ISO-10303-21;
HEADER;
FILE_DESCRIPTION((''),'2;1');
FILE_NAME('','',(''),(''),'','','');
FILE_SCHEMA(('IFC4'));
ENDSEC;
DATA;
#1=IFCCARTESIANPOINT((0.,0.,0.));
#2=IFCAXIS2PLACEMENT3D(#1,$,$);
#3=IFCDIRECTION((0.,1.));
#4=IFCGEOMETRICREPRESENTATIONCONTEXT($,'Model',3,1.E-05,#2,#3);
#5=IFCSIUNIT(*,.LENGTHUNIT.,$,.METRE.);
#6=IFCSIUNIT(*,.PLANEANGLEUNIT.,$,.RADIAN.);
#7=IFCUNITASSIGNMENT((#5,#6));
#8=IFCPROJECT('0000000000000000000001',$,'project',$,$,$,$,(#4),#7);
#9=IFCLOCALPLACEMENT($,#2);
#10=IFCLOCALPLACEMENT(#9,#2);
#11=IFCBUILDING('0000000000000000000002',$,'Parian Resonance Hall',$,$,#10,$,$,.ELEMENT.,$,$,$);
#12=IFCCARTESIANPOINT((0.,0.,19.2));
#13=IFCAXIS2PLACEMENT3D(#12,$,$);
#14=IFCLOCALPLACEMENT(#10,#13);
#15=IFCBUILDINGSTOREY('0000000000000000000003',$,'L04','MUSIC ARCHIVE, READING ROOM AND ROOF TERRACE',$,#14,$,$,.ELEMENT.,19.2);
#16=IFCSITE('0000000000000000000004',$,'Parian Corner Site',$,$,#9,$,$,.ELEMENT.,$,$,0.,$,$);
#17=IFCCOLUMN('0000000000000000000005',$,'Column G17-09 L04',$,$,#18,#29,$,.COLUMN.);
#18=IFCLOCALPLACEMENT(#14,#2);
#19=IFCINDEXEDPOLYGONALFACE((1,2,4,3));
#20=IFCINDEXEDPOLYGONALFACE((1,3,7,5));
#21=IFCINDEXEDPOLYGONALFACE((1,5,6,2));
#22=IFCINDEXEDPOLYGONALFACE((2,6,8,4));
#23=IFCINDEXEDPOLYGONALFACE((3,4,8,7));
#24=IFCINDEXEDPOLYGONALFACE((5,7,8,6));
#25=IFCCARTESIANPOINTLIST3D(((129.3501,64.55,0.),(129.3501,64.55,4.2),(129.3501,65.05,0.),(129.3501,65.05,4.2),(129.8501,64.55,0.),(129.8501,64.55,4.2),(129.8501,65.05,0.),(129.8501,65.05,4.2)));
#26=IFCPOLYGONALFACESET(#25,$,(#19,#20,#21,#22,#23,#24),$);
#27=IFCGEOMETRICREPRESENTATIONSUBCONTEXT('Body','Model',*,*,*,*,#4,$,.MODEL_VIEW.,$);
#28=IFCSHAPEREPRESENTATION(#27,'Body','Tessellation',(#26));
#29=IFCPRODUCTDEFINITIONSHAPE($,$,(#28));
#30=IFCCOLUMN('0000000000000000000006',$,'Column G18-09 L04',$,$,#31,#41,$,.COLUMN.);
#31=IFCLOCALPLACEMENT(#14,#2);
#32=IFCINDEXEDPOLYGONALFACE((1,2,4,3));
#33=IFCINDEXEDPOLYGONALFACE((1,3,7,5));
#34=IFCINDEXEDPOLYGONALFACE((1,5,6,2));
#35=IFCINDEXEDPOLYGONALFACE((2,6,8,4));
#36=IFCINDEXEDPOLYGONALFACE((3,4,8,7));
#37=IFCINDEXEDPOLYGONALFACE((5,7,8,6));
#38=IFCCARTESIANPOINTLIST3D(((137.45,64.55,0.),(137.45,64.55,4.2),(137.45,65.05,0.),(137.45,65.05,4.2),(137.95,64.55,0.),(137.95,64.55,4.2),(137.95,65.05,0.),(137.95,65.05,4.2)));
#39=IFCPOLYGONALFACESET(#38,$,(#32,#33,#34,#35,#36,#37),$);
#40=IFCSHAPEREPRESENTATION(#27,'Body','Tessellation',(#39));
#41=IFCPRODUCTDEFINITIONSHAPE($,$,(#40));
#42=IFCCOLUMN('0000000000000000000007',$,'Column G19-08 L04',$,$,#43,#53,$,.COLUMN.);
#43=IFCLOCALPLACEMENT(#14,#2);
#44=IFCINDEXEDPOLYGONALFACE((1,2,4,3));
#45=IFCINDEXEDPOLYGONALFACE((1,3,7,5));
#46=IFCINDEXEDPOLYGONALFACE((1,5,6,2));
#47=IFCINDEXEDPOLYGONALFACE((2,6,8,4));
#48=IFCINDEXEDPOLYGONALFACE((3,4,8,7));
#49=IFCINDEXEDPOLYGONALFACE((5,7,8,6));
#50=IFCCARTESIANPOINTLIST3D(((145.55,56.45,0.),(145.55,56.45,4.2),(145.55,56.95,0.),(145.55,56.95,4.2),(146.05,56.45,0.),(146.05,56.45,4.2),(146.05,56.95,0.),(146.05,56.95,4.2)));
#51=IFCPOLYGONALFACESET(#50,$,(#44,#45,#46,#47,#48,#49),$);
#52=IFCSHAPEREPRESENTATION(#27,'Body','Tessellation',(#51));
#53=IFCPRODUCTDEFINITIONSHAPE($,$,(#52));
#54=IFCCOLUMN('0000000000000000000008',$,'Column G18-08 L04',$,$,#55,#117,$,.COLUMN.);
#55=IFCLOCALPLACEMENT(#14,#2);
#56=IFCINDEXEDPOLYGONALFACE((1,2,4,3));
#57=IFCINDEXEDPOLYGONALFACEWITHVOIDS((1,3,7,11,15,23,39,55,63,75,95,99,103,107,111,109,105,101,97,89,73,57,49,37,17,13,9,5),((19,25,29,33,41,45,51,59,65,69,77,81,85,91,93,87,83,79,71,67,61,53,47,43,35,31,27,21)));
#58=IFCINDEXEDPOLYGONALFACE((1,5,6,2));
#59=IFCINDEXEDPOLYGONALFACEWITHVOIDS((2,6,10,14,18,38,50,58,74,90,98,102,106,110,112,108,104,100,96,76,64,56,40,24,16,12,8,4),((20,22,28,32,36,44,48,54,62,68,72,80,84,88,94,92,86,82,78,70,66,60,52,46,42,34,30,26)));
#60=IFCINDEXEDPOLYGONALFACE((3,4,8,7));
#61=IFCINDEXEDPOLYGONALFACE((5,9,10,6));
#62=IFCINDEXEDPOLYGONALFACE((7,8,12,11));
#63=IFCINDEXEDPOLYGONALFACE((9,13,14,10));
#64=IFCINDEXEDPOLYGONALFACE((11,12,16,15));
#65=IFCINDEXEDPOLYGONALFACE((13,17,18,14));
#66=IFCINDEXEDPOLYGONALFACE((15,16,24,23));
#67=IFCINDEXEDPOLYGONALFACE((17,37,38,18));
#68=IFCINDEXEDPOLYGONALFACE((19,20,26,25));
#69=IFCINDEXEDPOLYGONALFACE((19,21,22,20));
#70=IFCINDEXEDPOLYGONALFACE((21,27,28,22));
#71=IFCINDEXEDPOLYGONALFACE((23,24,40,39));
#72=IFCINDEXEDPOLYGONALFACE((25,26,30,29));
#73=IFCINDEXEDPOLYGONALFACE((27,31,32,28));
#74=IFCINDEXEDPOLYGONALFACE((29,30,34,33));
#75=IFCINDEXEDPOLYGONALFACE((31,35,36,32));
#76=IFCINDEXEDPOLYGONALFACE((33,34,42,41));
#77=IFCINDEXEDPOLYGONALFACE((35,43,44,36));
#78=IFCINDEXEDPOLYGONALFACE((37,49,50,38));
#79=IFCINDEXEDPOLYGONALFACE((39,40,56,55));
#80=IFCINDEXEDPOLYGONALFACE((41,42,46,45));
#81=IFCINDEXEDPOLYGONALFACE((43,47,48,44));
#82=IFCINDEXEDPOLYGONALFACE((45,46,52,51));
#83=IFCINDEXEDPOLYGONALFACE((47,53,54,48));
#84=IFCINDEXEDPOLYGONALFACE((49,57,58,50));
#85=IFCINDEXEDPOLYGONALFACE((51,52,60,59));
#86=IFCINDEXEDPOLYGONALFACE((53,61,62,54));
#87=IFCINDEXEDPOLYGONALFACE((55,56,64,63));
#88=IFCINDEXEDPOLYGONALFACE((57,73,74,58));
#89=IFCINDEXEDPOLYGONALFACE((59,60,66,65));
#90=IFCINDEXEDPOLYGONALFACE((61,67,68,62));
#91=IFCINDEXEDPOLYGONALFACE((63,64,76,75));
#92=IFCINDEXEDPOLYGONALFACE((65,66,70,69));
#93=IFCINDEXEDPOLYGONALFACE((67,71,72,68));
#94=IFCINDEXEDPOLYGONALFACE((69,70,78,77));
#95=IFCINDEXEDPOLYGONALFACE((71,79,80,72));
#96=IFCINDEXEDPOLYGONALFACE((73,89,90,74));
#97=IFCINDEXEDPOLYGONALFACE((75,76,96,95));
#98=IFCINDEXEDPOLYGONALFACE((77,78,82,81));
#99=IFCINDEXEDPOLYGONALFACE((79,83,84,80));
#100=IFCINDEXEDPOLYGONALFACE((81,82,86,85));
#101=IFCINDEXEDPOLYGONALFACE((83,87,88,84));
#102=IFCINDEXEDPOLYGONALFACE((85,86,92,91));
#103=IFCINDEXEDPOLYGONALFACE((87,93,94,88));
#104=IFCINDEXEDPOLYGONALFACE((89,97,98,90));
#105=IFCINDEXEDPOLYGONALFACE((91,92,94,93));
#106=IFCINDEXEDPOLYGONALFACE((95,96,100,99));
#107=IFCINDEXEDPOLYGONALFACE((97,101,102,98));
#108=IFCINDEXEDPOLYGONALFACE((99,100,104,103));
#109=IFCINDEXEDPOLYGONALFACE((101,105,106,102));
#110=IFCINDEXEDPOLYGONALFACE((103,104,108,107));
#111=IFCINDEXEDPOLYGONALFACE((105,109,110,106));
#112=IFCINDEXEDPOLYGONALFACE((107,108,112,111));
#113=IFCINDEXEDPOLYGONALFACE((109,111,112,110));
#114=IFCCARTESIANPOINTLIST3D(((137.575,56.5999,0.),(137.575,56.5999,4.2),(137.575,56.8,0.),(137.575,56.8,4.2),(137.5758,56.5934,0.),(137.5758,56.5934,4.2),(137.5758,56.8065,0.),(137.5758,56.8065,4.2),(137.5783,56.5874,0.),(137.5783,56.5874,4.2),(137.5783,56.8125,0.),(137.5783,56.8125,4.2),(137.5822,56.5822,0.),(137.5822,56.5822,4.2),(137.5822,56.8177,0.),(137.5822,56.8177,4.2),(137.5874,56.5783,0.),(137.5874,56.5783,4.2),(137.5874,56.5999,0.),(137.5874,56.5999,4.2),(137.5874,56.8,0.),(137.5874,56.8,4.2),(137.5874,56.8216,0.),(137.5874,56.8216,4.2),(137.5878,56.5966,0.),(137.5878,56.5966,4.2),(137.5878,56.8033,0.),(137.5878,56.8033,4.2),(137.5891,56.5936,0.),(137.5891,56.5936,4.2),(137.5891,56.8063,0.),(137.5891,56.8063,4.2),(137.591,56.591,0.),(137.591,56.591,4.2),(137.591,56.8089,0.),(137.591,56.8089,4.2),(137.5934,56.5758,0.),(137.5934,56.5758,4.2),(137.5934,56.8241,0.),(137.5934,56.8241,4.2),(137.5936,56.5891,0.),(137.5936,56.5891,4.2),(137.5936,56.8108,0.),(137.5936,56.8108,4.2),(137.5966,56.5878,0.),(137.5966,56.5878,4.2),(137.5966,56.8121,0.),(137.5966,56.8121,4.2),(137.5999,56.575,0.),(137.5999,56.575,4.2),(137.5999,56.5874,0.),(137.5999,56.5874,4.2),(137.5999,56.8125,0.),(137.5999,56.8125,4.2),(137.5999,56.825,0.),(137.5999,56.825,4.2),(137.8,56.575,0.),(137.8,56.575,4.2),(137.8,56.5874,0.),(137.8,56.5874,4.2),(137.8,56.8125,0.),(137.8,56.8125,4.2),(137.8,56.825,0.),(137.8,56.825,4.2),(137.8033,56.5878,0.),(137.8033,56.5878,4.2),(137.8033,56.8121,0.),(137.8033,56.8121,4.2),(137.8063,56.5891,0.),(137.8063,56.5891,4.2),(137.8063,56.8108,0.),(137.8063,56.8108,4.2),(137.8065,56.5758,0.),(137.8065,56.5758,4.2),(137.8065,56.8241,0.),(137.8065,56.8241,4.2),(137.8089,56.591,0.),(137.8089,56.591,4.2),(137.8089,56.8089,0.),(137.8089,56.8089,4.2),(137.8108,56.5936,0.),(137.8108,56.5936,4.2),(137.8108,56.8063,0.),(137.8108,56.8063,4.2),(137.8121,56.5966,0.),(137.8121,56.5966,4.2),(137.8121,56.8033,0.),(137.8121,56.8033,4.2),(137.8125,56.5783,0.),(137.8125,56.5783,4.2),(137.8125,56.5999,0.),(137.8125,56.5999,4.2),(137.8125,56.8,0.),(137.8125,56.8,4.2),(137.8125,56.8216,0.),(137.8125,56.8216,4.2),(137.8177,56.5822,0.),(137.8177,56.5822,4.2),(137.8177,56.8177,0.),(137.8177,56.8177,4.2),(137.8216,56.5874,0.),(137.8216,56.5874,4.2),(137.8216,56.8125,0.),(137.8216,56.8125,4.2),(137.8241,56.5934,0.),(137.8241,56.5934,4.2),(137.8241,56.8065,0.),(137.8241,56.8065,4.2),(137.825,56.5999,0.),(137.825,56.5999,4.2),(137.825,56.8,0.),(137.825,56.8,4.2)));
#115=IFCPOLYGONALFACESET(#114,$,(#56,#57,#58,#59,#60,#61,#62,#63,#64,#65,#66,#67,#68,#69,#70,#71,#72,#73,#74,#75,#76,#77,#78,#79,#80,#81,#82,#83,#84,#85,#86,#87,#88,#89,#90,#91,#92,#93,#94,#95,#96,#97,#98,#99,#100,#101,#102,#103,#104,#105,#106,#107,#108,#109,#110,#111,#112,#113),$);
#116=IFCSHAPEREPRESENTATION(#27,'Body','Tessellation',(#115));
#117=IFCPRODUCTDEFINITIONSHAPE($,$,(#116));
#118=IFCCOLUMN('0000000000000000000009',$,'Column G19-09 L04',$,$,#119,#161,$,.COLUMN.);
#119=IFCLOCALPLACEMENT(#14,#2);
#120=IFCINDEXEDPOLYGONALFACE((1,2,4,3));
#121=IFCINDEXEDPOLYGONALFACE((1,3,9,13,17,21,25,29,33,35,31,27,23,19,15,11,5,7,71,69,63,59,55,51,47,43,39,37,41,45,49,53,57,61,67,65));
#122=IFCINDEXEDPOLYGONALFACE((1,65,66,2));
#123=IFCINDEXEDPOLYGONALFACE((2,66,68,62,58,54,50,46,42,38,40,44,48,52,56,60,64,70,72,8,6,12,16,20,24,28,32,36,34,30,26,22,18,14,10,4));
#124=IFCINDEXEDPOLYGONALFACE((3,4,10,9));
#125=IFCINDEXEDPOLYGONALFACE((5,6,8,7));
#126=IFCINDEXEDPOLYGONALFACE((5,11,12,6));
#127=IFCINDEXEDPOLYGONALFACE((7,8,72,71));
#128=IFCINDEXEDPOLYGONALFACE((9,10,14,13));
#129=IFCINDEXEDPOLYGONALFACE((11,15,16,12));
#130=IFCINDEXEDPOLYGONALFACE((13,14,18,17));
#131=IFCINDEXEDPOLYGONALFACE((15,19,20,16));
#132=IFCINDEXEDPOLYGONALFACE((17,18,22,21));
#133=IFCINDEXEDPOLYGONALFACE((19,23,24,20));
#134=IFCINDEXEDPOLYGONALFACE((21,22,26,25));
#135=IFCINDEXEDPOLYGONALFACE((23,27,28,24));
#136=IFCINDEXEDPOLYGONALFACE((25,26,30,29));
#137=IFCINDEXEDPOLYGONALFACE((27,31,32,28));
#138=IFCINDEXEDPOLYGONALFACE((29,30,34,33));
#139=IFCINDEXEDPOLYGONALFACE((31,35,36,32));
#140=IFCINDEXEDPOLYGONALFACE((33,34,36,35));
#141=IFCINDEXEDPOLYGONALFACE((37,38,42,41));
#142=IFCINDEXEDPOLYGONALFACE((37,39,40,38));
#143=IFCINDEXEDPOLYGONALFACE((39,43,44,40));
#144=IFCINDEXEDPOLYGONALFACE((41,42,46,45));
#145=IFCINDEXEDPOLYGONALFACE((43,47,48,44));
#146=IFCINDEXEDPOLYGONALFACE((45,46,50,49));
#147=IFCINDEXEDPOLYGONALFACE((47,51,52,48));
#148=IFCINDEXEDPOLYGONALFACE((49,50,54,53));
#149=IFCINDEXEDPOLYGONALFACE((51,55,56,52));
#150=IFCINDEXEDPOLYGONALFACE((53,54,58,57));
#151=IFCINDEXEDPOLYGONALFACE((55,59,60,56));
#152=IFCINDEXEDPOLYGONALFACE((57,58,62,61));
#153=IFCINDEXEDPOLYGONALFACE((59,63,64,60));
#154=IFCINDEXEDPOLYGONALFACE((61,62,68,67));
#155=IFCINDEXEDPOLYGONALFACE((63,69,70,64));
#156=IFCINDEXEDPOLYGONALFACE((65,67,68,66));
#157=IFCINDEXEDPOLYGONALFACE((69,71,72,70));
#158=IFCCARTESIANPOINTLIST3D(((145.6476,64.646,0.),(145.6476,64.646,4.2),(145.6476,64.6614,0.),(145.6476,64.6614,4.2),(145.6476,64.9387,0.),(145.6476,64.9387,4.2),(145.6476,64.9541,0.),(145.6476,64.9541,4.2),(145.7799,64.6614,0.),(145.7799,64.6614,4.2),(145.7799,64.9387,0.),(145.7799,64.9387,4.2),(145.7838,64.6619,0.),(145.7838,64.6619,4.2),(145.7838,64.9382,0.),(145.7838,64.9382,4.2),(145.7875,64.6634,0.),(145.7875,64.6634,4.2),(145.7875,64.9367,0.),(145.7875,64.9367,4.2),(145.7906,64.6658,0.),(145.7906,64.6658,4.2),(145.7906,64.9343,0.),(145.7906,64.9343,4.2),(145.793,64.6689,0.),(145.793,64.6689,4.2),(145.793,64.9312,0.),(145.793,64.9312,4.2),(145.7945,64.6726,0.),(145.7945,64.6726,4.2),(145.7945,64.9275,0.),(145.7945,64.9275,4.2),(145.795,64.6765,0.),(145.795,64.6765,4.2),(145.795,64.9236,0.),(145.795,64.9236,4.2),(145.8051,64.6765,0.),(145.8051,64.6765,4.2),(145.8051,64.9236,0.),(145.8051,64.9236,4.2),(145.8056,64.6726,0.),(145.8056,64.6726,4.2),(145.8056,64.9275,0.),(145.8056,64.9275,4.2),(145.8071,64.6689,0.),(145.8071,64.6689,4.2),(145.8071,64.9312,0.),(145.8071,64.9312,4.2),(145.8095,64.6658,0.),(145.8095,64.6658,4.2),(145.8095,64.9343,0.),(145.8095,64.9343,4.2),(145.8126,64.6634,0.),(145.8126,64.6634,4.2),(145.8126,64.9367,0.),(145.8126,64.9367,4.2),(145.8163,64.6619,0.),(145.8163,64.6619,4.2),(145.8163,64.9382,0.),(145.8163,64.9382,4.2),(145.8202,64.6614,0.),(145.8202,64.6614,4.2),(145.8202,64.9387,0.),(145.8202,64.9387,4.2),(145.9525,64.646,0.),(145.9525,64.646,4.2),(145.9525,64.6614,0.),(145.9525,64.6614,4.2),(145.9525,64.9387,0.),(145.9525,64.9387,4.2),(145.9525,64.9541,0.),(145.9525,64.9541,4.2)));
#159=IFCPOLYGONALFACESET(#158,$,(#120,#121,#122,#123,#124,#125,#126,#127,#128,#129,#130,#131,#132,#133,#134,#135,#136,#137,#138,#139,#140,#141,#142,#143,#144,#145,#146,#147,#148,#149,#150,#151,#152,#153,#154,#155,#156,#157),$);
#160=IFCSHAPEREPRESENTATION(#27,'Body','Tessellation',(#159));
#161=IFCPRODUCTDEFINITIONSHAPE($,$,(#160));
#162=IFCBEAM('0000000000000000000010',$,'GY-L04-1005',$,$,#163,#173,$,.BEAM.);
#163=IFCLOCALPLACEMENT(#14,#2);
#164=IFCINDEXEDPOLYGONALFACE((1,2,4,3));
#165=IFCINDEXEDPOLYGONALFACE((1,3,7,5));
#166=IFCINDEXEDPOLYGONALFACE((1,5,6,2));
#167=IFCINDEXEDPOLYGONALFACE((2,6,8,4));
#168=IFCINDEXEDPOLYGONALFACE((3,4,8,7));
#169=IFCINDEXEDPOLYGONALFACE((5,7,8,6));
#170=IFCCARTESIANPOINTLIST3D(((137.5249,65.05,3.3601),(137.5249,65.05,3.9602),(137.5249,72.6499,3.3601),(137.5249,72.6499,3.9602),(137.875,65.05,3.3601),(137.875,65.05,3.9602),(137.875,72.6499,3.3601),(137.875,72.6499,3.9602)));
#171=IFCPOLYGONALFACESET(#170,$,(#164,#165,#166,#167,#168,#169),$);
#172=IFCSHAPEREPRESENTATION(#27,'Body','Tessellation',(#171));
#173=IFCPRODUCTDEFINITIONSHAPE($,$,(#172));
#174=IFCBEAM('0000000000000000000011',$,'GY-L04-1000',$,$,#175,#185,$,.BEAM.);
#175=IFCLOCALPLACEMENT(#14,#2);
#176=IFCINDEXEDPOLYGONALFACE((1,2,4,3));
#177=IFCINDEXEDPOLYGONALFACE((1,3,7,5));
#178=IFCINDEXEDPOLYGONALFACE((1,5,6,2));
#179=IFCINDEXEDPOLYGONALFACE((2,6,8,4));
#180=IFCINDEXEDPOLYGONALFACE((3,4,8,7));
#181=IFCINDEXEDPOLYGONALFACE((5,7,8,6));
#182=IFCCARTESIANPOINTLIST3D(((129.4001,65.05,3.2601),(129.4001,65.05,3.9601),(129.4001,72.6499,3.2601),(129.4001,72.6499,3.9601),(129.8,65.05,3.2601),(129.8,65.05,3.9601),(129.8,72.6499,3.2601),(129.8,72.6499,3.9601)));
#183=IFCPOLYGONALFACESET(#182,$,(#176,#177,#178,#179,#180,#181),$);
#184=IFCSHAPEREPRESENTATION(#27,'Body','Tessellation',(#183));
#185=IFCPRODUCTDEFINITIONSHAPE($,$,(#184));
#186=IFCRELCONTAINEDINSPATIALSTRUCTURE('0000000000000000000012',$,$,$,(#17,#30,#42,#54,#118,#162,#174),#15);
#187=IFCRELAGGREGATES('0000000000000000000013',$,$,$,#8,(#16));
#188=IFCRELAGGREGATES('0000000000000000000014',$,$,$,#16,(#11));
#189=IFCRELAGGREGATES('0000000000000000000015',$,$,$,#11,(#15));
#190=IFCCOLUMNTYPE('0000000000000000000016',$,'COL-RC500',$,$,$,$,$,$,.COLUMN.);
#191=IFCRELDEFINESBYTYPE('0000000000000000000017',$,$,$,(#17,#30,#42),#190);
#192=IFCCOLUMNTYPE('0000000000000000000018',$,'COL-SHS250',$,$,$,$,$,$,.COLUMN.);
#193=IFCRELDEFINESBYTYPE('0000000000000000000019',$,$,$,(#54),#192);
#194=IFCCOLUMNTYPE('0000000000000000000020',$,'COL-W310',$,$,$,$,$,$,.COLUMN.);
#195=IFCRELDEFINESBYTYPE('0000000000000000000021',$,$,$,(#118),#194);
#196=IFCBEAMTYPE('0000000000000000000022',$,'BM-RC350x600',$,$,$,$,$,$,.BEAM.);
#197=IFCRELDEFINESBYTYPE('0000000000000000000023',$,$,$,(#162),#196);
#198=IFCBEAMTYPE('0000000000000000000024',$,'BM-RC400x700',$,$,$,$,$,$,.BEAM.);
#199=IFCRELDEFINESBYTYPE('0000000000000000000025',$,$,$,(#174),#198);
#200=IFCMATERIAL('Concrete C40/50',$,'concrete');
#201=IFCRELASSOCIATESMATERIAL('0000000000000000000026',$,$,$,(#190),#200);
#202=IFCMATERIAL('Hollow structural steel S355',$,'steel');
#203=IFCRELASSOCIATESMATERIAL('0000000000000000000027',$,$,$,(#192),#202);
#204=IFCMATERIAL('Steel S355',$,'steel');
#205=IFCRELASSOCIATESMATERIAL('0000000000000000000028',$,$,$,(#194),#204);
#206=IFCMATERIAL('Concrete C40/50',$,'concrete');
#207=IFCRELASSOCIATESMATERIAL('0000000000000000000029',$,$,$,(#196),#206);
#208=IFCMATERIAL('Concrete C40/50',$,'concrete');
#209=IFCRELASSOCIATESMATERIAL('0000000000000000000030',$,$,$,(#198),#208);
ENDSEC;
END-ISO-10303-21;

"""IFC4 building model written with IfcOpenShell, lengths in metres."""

from ifc_helpers import new_model, si_unit, direction, frame, origin, origin_2d, place, context, subcontext, project, spatial, rectangle, hollow_rectangle, i_section, extrude, material, material_profile, profile_set, type_object, element, save


model = new_model("IFC4")

# Units and contexts
model_context = context("Model", 3, precision=1e-05, world=origin(), true_north=direction((0.0, 1.0)))
body_context = subcontext(model_context, "Body", "Model", "MODEL_VIEW")
ifc_project = project(units=[si_unit("LENGTHUNIT", "METRE"), si_unit("PLANEANGLEUNIT", "RADIAN")], contexts=[model_context])

# Site, building, storey
site_placement = place(None, origin())
site = spatial("IfcSite", under=ifc_project, at=site_placement, Name="Parian Corner Site", CompositionType="ELEMENT", RefElevation=0.0)
building_placement = place(site_placement, origin())
building = spatial("IfcBuilding", under=site, at=building_placement, Name="Parian Resonance Hall", CompositionType="ELEMENT")
storey_placement = place(building_placement, frame((0.0, 0.0, 19.2)))
storey = spatial("IfcBuildingStorey", under=building, at=storey_placement, Name="L04", Description="MUSIC ARCHIVE, READING ROOM AND ROOF TERRACE", CompositionType="ELEMENT", Elevation=19.2)

# Columns
ifc_material_1 = material(Name="Concrete C40/50", Category="concrete")
ifc_material_profile_1 = material_profile(ifc_material_1, rectangle(XDim=0.5, YDim=0.5, at=origin_2d()), Name="RC-COL-500x500")
ifc_profile_set_1 = profile_set([ifc_material_profile_1], Name="Concrete C40/50")
column_type_1 = type_object("IfcColumnType", Name="COL-RC500", PredefinedType="COLUMN", material=ifc_profile_set_1)
for number, where, z_axis, x_axis, name in (
    (1, (129.6001, 64.8, 0.0), (0.0, 0.0, 1.0), (1.0, 0.0, 0.0), "Column G17-09 L04"),
    (2, (137.7, 64.8, 0.0), (0.0, 0.0, 1.0), (1.0, 0.0, 0.0), "Column G18-09 L04"),
    (3, (145.8, 56.7, 0.0), (0.0, 0.0, 1.0), (1.0, 0.0, 0.0), "Column G19-08 L04"),
):
    element("IfcColumn", number, at=place(storey_placement, frame(where, z_axis=z_axis, x_axis=x_axis)), inside=storey, type_object=column_type_1, Name=name, PredefinedType="COLUMN", context=body_context, shape_type="SweptSolid", body=[
        extrude(rectangle(XDim=0.5, YDim=0.5, at=origin_2d()), origin(), (0.0, 0.0, 1.0), 4.2),
    ])
ifc_material_2 = material(Name="Hollow structural steel S355", Category="steel")
ifc_material_profile_2 = material_profile(ifc_material_2, hollow_rectangle(XDim=0.25, YDim=0.25, WallThickness=0.0125, InnerFilletRadius=0.0125, OuterFilletRadius=0.0249, at=origin_2d()), Name="SHS250x250x12.5")
ifc_profile_set_2 = profile_set([ifc_material_profile_2], Name="Hollow structural steel S355")
column_type_2 = type_object("IfcColumnType", Name="COL-SHS250", PredefinedType="COLUMN", material=ifc_profile_set_2)
column_1_placement = place(storey_placement, frame((137.7, 56.7, 0.0), z_axis=(0.0, 0.0, 1.0), x_axis=(1.0, 0.0, 0.0)))
element("IfcColumn", 4, at=column_1_placement, inside=storey, type_object=column_type_2, Name="Column G18-08 L04", PredefinedType="COLUMN", context=body_context, shape_type="SweptSolid", body=[
    extrude(hollow_rectangle(XDim=0.25, YDim=0.25, WallThickness=0.0125, InnerFilletRadius=0.0125, OuterFilletRadius=0.0249, at=origin_2d()), origin(), (0.0, 0.0, 1.0), 4.2),
])
ifc_material_3 = material(Name="Steel S355", Category="steel")
ifc_material_profile_3 = material_profile(ifc_material_3, i_section(OverallWidth=0.3049, OverallDepth=0.3081, WebThickness=0.01, FlangeThickness=0.0154, FilletRadius=0.0151, at=origin_2d()), Name="W310x97")
ifc_profile_set_3 = profile_set([ifc_material_profile_3], Name="Steel S355")
column_type_3 = type_object("IfcColumnType", Name="COL-W310", PredefinedType="COLUMN", material=ifc_profile_set_3)
column_2_placement = place(storey_placement, frame((145.8, 64.8, 0.0), z_axis=(0.0, 0.0, 1.0), x_axis=(1.0, 0.0, 0.0)))
element("IfcColumn", 5, at=column_2_placement, inside=storey, type_object=column_type_3, Name="Column G19-09 L04", PredefinedType="COLUMN", context=body_context, shape_type="SweptSolid", body=[
    extrude(i_section(OverallWidth=0.3049, OverallDepth=0.3081, WebThickness=0.01, FlangeThickness=0.0154, FilletRadius=0.0151, at=origin_2d()), origin(), (0.0, 0.0, 1.0), 4.2),
])

# Beams
ifc_material_4 = material(Name="Concrete C40/50", Category="concrete")
ifc_material_profile_4 = material_profile(ifc_material_4, rectangle(XDim=0.3501, YDim=0.6001, at=origin_2d()), Name="RC-BM-350x600")
ifc_profile_set_4 = profile_set([ifc_material_profile_4], Name="Concrete C40/50")
beam_type_1 = type_object("IfcBeamType", Name="BM-RC350x600", PredefinedType="BEAM", material=ifc_profile_set_4)
beam_1_placement = place(storey_placement, frame((137.7, 65.05, 3.6602), z_axis=(0.0, 1.0, 0.0), x_axis=(-1.0, 0.0, 0.0)))
element("IfcBeam", 6, at=beam_1_placement, inside=storey, type_object=beam_type_1, Name="GY-L04-1005", PredefinedType="BEAM", context=body_context, shape_type="SweptSolid", body=[
    extrude(rectangle(XDim=0.3501, YDim=0.6001, at=origin_2d()), origin(), (0.0, 0.0, 1.0), 7.5999),
])
ifc_material_5 = material(Name="Concrete C40/50", Category="concrete")
ifc_material_profile_5 = material_profile(ifc_material_5, rectangle(XDim=0.3999, YDim=0.7, at=origin_2d()), Name="RC-BM-400x700")
ifc_profile_set_5 = profile_set([ifc_material_profile_5], Name="Concrete C40/50")
beam_type_2 = type_object("IfcBeamType", Name="BM-RC400x700", PredefinedType="BEAM", material=ifc_profile_set_5)
beam_2_placement = place(storey_placement, frame((129.6001, 65.05, 3.6101), z_axis=(0.0, 1.0, 0.0), x_axis=(-1.0, 0.0, 0.0)))
element("IfcBeam", 7, at=beam_2_placement, inside=storey, type_object=beam_type_2, Name="GY-L04-1000", PredefinedType="BEAM", context=body_context, shape_type="SweptSolid", body=[
    extrude(rectangle(XDim=0.3999, YDim=0.7, at=origin_2d()), origin(), (0.0, 0.0, 1.0), 7.5999),
])

save(model, "model.ifc")
